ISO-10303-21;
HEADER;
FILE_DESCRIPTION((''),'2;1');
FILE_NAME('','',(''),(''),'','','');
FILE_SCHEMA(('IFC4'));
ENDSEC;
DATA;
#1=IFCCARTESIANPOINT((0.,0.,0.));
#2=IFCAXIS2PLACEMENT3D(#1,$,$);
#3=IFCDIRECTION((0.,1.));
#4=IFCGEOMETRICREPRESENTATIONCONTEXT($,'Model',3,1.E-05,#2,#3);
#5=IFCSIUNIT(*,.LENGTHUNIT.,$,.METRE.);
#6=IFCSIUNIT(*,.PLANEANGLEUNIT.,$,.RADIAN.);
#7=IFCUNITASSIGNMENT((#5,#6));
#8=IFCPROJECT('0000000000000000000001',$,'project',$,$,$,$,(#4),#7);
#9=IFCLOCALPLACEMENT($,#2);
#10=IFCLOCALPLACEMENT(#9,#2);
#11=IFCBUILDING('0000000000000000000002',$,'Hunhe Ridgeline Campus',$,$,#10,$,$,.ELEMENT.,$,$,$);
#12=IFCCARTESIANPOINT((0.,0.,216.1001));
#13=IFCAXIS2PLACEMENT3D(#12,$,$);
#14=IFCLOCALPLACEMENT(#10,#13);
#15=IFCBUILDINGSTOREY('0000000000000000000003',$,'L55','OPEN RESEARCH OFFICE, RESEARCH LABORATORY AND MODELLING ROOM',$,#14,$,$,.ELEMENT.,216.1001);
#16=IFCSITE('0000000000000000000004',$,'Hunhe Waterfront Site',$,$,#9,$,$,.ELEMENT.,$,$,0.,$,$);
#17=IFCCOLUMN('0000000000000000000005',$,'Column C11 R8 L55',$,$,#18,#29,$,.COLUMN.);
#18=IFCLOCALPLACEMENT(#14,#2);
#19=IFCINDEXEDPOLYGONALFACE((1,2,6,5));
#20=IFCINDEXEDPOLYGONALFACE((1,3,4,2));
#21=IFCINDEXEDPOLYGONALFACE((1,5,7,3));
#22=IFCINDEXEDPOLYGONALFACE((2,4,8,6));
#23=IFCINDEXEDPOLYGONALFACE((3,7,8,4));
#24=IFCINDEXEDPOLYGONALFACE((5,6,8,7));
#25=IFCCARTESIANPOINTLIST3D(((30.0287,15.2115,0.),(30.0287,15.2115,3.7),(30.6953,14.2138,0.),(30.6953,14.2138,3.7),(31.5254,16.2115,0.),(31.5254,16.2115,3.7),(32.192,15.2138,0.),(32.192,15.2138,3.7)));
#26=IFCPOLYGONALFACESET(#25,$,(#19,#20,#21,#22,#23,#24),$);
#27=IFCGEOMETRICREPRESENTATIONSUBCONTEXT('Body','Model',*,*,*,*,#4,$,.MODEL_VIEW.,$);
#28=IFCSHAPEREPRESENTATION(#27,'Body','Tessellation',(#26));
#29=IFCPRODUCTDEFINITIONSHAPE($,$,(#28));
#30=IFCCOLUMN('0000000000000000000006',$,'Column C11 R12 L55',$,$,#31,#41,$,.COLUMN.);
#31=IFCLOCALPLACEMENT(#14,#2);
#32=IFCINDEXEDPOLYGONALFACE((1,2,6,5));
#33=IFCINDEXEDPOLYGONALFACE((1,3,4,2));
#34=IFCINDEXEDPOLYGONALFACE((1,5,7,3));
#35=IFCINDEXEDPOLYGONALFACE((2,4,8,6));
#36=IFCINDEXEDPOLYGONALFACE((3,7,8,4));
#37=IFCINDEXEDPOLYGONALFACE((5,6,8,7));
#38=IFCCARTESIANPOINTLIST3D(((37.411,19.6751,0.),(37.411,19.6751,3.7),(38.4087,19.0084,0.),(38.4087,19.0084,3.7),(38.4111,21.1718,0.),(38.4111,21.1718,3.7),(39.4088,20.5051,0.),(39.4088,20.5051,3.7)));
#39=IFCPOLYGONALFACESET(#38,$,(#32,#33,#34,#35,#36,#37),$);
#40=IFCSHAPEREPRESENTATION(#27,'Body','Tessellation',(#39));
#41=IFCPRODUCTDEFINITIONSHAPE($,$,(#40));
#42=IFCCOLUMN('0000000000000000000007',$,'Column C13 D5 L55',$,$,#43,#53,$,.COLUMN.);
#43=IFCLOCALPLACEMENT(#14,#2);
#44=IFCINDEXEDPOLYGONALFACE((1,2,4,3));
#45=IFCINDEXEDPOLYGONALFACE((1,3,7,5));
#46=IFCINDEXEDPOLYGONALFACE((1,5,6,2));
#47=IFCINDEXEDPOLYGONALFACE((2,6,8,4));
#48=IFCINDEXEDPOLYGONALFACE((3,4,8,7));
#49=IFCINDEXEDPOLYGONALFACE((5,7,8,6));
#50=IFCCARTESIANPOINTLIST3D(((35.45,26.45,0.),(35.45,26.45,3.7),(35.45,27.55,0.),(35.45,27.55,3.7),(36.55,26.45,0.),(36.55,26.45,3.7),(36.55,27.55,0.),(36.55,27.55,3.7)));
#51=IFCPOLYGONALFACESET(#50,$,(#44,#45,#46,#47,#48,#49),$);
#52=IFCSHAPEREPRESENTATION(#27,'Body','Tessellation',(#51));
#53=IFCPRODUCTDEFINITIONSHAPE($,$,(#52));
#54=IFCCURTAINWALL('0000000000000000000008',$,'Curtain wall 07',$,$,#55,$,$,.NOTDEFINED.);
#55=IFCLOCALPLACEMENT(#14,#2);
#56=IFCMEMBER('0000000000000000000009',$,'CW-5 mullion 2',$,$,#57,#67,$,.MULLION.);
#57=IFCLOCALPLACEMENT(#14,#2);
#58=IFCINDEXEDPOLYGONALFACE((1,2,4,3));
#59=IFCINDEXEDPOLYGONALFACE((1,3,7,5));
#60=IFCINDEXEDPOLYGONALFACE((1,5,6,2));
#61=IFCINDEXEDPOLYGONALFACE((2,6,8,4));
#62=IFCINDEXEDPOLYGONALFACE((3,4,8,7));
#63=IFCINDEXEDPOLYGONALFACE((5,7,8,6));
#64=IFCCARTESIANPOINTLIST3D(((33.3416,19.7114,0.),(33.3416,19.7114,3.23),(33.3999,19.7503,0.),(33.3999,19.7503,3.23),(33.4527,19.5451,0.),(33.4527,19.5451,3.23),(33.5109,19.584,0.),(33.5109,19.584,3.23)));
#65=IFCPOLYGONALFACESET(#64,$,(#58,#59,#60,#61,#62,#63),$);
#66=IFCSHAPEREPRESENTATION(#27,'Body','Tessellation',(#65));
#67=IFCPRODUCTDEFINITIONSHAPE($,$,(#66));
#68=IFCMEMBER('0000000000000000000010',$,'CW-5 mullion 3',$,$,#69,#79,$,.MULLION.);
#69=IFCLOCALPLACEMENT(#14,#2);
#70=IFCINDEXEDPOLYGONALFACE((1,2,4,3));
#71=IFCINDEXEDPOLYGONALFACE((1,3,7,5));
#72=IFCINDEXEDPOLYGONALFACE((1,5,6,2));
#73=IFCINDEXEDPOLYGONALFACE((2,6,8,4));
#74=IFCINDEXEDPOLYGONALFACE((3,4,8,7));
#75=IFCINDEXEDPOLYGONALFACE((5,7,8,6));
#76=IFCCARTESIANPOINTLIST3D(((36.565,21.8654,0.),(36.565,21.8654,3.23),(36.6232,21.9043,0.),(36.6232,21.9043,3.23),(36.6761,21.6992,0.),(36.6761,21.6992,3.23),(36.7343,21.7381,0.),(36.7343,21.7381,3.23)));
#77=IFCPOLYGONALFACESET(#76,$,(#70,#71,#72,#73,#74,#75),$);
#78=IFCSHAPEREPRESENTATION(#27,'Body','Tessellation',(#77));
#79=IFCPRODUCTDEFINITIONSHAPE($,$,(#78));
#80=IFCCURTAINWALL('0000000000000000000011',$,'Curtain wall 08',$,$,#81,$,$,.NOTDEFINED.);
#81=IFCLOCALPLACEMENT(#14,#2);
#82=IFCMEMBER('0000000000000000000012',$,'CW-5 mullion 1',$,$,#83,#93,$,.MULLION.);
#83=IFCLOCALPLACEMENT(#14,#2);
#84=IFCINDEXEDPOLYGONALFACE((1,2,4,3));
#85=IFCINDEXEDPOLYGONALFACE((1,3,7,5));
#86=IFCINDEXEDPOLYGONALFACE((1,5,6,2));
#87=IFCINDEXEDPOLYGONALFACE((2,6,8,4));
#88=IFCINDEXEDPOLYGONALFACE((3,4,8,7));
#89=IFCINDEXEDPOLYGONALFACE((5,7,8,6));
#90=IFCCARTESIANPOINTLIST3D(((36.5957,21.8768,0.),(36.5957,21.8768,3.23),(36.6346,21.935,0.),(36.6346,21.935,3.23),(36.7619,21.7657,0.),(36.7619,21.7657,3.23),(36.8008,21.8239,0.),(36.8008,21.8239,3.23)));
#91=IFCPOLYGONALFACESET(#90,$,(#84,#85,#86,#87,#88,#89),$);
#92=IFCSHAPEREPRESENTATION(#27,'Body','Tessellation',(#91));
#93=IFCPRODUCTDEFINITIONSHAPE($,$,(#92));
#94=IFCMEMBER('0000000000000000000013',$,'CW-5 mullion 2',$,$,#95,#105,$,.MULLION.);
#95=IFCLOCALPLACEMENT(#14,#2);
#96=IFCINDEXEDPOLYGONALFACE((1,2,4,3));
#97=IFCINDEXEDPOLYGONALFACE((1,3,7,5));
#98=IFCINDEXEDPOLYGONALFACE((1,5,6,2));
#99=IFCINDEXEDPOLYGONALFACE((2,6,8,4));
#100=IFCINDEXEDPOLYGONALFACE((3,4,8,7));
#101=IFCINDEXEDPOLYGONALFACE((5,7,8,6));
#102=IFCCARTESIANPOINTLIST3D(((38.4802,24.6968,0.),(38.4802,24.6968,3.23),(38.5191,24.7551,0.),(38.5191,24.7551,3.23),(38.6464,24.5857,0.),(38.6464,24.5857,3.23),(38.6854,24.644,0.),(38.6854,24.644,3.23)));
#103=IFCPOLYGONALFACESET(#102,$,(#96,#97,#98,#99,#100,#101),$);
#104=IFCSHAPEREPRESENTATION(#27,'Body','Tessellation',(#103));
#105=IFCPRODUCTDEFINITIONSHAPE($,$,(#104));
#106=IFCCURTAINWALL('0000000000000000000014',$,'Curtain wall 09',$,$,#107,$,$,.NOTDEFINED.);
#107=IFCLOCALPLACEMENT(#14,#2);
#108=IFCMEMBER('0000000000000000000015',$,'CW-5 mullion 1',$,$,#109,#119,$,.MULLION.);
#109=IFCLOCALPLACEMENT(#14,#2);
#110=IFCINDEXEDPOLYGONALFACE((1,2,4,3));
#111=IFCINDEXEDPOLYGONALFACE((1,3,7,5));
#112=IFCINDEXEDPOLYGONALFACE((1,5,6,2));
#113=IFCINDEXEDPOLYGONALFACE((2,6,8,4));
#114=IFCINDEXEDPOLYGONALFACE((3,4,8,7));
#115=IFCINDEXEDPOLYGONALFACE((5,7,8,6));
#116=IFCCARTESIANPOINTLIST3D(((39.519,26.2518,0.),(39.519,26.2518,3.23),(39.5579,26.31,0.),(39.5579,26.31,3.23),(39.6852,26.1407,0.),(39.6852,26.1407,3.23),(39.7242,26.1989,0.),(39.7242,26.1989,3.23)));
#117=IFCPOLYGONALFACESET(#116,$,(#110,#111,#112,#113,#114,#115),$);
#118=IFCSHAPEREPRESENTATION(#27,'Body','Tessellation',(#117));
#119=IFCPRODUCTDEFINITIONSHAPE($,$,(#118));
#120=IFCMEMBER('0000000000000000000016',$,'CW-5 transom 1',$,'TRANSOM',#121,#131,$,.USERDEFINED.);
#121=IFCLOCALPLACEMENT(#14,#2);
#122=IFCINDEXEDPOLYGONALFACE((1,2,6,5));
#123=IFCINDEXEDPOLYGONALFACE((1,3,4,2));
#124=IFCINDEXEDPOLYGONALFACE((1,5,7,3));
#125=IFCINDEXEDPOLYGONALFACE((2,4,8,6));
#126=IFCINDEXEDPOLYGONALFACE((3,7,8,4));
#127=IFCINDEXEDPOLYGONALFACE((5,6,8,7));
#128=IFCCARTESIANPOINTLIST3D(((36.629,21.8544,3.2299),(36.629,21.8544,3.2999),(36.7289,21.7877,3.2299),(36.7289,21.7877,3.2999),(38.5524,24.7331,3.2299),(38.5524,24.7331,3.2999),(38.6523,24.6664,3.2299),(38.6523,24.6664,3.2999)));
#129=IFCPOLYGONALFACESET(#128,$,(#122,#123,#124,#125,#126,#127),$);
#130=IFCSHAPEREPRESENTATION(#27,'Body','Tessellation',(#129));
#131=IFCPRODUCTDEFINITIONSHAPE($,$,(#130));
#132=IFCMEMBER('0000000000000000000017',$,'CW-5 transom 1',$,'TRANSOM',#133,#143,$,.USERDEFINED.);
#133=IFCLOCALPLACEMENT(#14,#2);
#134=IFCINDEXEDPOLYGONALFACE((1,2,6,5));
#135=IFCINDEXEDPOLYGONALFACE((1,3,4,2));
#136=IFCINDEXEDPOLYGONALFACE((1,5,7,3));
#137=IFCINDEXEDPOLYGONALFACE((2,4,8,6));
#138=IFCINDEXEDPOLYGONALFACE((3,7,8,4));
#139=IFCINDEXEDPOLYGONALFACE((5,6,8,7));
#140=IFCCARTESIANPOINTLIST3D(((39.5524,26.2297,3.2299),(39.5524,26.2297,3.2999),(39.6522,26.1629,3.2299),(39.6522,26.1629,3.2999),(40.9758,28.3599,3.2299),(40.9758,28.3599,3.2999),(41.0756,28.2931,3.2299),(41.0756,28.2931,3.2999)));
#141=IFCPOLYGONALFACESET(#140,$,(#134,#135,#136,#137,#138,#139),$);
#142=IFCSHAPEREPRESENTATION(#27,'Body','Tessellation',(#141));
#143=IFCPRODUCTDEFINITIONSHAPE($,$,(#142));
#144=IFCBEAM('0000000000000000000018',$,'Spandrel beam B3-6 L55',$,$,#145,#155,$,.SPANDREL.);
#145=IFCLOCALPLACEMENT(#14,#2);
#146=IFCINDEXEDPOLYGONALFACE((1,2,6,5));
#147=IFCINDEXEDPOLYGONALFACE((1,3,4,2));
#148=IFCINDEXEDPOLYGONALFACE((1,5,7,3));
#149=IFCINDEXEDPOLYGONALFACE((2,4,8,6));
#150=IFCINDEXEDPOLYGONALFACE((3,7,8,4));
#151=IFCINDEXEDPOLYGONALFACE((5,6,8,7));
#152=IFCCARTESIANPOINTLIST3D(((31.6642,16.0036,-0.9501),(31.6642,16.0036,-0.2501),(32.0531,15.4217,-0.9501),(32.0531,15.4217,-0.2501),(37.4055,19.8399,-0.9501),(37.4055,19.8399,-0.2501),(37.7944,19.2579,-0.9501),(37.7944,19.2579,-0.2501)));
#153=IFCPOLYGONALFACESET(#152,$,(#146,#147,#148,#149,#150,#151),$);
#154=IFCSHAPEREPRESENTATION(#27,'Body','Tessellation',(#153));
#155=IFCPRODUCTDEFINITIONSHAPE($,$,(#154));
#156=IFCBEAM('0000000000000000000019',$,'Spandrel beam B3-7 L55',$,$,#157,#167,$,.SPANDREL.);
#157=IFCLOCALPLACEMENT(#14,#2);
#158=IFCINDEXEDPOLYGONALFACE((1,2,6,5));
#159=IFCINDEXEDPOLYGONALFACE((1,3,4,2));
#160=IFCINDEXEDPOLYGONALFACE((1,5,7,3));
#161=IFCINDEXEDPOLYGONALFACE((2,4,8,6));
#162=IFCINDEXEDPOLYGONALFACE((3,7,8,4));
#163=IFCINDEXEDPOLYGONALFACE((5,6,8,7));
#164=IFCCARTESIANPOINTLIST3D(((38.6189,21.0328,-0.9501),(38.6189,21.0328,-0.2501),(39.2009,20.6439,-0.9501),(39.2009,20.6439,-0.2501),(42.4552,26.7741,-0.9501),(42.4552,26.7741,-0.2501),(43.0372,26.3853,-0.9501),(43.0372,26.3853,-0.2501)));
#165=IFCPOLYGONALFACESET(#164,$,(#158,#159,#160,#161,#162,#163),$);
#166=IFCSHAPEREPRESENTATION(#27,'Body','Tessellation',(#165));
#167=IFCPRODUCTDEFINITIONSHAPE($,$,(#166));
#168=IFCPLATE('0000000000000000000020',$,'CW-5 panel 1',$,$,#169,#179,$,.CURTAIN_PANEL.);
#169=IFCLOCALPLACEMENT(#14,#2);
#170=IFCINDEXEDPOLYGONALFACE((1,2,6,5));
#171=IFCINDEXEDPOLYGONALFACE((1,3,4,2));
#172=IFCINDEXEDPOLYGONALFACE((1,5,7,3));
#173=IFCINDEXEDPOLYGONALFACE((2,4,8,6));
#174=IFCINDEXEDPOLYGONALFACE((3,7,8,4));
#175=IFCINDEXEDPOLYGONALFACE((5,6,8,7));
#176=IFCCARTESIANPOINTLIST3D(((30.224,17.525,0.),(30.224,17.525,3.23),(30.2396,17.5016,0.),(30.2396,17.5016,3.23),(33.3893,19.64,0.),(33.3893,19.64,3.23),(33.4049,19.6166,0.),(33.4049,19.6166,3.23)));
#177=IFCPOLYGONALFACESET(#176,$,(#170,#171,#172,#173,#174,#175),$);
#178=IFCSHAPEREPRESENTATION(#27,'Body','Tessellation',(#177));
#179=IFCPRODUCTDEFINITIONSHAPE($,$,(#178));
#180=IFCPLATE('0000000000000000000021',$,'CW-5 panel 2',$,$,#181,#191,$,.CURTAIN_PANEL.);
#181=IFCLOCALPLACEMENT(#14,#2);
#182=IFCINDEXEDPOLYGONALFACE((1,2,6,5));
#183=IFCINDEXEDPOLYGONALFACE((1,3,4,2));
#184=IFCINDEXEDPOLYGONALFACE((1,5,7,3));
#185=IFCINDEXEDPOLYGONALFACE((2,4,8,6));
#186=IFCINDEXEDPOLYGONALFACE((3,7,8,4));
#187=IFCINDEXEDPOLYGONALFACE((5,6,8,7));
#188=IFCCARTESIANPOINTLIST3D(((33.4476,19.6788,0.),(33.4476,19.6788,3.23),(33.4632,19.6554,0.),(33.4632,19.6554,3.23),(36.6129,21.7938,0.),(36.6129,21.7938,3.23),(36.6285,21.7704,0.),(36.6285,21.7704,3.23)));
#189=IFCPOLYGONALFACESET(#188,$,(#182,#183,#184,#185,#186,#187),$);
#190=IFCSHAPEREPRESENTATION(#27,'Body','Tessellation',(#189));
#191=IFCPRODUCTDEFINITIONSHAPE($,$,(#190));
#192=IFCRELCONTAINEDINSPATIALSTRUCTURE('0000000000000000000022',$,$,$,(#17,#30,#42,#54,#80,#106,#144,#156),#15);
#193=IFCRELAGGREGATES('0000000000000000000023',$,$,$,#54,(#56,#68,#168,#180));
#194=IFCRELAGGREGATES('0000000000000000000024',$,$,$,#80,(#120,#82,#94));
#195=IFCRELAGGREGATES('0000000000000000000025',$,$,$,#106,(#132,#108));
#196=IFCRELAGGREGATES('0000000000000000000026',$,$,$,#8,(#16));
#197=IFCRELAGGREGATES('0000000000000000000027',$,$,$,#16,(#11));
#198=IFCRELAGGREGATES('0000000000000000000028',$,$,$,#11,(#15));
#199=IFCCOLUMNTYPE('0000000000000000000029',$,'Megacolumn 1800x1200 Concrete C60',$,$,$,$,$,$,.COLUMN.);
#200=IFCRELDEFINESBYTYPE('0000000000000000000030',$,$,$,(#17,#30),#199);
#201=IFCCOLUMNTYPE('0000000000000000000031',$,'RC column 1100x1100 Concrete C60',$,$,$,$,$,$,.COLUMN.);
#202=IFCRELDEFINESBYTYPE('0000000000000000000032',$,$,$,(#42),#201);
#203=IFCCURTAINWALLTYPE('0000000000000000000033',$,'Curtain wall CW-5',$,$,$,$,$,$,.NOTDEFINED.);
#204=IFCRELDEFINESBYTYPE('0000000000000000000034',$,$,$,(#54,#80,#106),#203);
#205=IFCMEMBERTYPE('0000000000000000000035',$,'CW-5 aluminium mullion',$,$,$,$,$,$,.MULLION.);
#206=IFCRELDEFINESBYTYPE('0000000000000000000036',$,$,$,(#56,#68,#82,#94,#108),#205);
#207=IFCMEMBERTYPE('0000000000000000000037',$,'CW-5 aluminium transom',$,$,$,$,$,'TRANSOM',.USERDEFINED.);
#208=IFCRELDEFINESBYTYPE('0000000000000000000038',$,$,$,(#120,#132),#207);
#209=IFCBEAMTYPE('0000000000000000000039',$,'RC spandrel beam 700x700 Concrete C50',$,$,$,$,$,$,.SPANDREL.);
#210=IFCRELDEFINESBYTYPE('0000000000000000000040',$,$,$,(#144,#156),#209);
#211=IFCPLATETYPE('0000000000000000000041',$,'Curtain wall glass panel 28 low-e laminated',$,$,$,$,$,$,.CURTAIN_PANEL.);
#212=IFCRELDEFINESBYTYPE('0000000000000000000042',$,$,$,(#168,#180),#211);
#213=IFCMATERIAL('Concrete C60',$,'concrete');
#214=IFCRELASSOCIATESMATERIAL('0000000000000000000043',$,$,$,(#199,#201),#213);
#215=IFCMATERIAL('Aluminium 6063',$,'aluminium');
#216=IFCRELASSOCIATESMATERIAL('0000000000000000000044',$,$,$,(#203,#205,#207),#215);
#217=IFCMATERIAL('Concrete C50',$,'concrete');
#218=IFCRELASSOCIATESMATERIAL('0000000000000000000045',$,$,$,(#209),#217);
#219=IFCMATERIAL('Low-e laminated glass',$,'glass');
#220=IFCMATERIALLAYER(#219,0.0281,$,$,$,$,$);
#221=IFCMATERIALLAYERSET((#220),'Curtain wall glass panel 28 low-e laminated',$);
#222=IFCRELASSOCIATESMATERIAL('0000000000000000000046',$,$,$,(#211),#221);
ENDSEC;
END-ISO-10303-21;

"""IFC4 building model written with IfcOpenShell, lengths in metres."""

from ifc_helpers import new_model, si_unit, direction, frame, origin, origin_2d, place, context, subcontext, project, spatial, rectangle, extrude, material, layer, layer_set, material_profile, profile_set, type_object, element, aggregate, save


model = new_model("IFC4")

# Units and contexts
model_context = context("Model", 3, precision=1e-05, world=origin(), true_north=direction((0.0, 1.0)))
body_context = subcontext(model_context, "Body", "Model", "MODEL_VIEW")
ifc_project = project(units=[si_unit("LENGTHUNIT", "METRE"), si_unit("PLANEANGLEUNIT", "RADIAN")], contexts=[model_context])

# Site, building, storey
site_placement = place(None, origin())
site = spatial("IfcSite", under=ifc_project, at=site_placement, Name="Hunhe Waterfront Site", CompositionType="ELEMENT", RefElevation=0.0)
building_placement = place(site_placement, origin())
building = spatial("IfcBuilding", under=site, at=building_placement, Name="Hunhe Ridgeline Campus", CompositionType="ELEMENT")
storey_placement = place(building_placement, frame((0.0, 0.0, 216.1001)))
storey = spatial("IfcBuildingStorey", under=building, at=storey_placement, Name="L55", Description="OPEN RESEARCH OFFICE, RESEARCH LABORATORY AND MODELLING ROOM", CompositionType="ELEMENT", Elevation=216.1001)

# Columns
ifc_material_1 = material(Name="Concrete C60", Category="concrete")
ifc_material_profile_1 = material_profile(ifc_material_1, rectangle(XDim=1.8, YDim=1.2, at=origin_2d()))
ifc_profile_set_1 = profile_set([ifc_material_profile_1], Name="Concrete C60")
column_type_1 = type_object("IfcColumnType", Name="Megacolumn 1800x1200 Concrete C60", PredefinedType="COLUMN", material=ifc_profile_set_1)
for number, where, z_axis, x_axis, name in (
    (1, (31.1104, 15.2126, 0.0), (0.0, 0.0, 1.0), (0.83147, 0.55557, 0.0), "Column C11 R8 L55"),
    (2, (38.4099, 20.0901, 0.0), (0.0, 0.0, 1.0), (0.55557, 0.83147, 0.0), "Column C11 R12 L55"),
):
    element("IfcColumn", number, at=place(storey_placement, frame(where, z_axis=z_axis, x_axis=x_axis)), inside=storey, type_object=column_type_1, Name=name, PredefinedType="COLUMN", context=body_context, shape_type="SweptSolid", body=[
        extrude(rectangle(XDim=1.8, YDim=1.2, at=origin_2d()), origin(), (0.0, 0.0, 1.0), 3.7),
    ])
ifc_material_profile_2 = material_profile(ifc_material_1, rectangle(XDim=1.1001, YDim=1.1001, at=origin_2d()))
ifc_profile_set_2 = profile_set([ifc_material_profile_2], Name="Concrete C60")
column_type_2 = type_object("IfcColumnType", Name="RC column 1100x1100 Concrete C60", PredefinedType="COLUMN", material=ifc_profile_set_2)
column_placement = place(storey_placement, frame((36.0, 27.0, 0.0), z_axis=(0.0, 0.0, 1.0), x_axis=(1.0, 0.0, 0.0)))
element("IfcColumn", 3, at=column_placement, inside=storey, type_object=column_type_2, Name="Column C13 D5 L55", PredefinedType="COLUMN", context=body_context, shape_type="SweptSolid", body=[
    extrude(rectangle(XDim=1.1001, YDim=1.1001, at=origin_2d()), origin(), (0.0, 0.0, 1.0), 3.7),
])

# Curtain walls, members
ifc_material_2 = material(Name="Aluminium 6063", Category="aluminium")
curtain_wall_type = type_object("IfcCurtainWallType", Name="Curtain wall CW-5", PredefinedType="NOTDEFINED", material=ifc_material_2)
curtain_wall_1_placement = place(storey_placement, origin())
curtain_wall_1 = element("IfcCurtainWall", 4, at=curtain_wall_1_placement, inside=storey, type_object=curtain_wall_type, Name="Curtain wall 07", PredefinedType="NOTDEFINED")
ifc_material_profile_3 = material_profile(ifc_material_2, rectangle(XDim=0.2, YDim=0.0701, at=origin_2d()))
ifc_profile_set_3 = profile_set([ifc_material_profile_3], Name="Aluminium 6063")
member_type_1 = type_object("IfcMemberType", Name="CW-5 aluminium mullion", PredefinedType="MULLION", material=ifc_profile_set_3)
member_1_placement = place(storey_placement, frame((33.4263, 19.6477, 0.0), z_axis=(0.0, 0.0, 1.0), x_axis=(-0.55557, 0.83147, 0.0)))
member_1 = element("IfcMember", 5, at=member_1_placement, type_object=member_type_1, Name="CW-5 mullion 2", PredefinedType="MULLION", context=body_context, shape_type="SweptSolid", body=[
    extrude(rectangle(XDim=0.2, YDim=0.0701, at=origin_2d()), origin(), (0.0, 0.0, 1.0), 3.23),
])
member_2_placement = place(storey_placement, frame((36.6497, 21.8018, 0.0), z_axis=(0.0, 0.0, 1.0), x_axis=(-0.55557, 0.83147, 0.0)))
member_2 = element("IfcMember", 6, at=member_2_placement, type_object=member_type_1, Name="CW-5 mullion 3", PredefinedType="MULLION", context=body_context, shape_type="SweptSolid", body=[
    extrude(rectangle(XDim=0.2, YDim=0.0701, at=origin_2d()), origin(), (0.0, 0.0, 1.0), 3.23),
])
curtain_wall_2_placement = place(storey_placement, origin())
curtain_wall_2 = element("IfcCurtainWall", 7, at=curtain_wall_2_placement, inside=storey, type_object=curtain_wall_type, Name="Curtain wall 08", PredefinedType="NOTDEFINED")
member_3_placement = place(storey_placement, frame((36.6982, 21.8503, 0.0), z_axis=(0.0, 0.0, 1.0), x_axis=(-0.83147, 0.55557, 0.0)))
member_3 = element("IfcMember", 8, at=member_3_placement, type_object=member_type_1, Name="CW-5 mullion 1", PredefinedType="MULLION", context=body_context, shape_type="SweptSolid", body=[
    extrude(rectangle(XDim=0.2, YDim=0.0701, at=origin_2d()), origin(), (0.0, 0.0, 1.0), 3.23),
])
member_4_placement = place(storey_placement, frame((38.5828, 24.6704, 0.0), z_axis=(0.0, 0.0, 1.0), x_axis=(-0.83147, 0.55557, 0.0)))
member_4 = element("IfcMember", 9, at=member_4_placement, type_object=member_type_1, Name="CW-5 mullion 2", PredefinedType="MULLION", context=body_context, shape_type="SweptSolid", body=[
    extrude(rectangle(XDim=0.2, YDim=0.0701, at=origin_2d()), origin(), (0.0, 0.0, 1.0), 3.23),
])

# Curtain wall, member
curtain_wall_3_placement = place(storey_placement, origin())
curtain_wall_3 = element("IfcCurtainWall", 10, at=curtain_wall_3_placement, inside=storey, type_object=curtain_wall_type, Name="Curtain wall 09", PredefinedType="NOTDEFINED")
member_5_placement = place(storey_placement, frame((39.6216, 26.2253, 0.0), z_axis=(0.0, 0.0, 1.0), x_axis=(-0.83147, 0.55557, 0.0)))
member_5 = element("IfcMember", 11, at=member_5_placement, type_object=member_type_1, Name="CW-5 mullion 1", PredefinedType="MULLION", context=body_context, shape_type="SweptSolid", body=[
    extrude(rectangle(XDim=0.2, YDim=0.0701, at=origin_2d()), origin(), (0.0, 0.0, 1.0), 3.23),
])

# Members
ifc_material_profile_4 = material_profile(ifc_material_2, rectangle(XDim=0.1201, YDim=0.0701, at=origin_2d()))
ifc_profile_set_4 = profile_set([ifc_material_profile_4], Name="Aluminium 6063")
member_type_2 = type_object("IfcMemberType", Name="CW-5 aluminium transom", ElementType="TRANSOM", PredefinedType="USERDEFINED", material=ifc_profile_set_4)
member_6_placement = place(storey_placement, frame((36.679, 21.821, 3.2649), z_axis=(0.555546, 0.831486, 0.0), x_axis=(-0.831486, 0.555546, 0.0)))
member_6 = element("IfcMember", 12, at=member_6_placement, type_object=member_type_2, Name="CW-5 transom 1", ObjectType="TRANSOM", PredefinedType="USERDEFINED", context=body_context, shape_type="SweptSolid", body=[
    extrude(rectangle(XDim=0.1201, YDim=0.0701, at=origin_2d()), origin(), (0.0, 0.0, 1.0), 3.4622),
])
member_7_placement = place(storey_placement, frame((39.6023, 26.1963, 3.2649), z_axis=(0.55558, 0.831463, 0.0), x_axis=(-0.831463, 0.55558, 0.0)))
member_7 = element("IfcMember", 13, at=member_7_placement, type_object=member_type_2, Name="CW-5 transom 1", ObjectType="TRANSOM", PredefinedType="USERDEFINED", context=body_context, shape_type="SweptSolid", body=[
    extrude(rectangle(XDim=0.1201, YDim=0.0701, at=origin_2d()), origin(), (0.0, 0.0, 1.0), 2.562),
])

# Beams
ifc_material_3 = material(Name="Concrete C50", Category="concrete")
ifc_material_profile_5 = material_profile(ifc_material_3, rectangle(XDim=0.7, YDim=0.7, at=origin_2d()))
ifc_profile_set_5 = profile_set([ifc_material_profile_5], Name="Concrete C50")
beam_type = type_object("IfcBeamType", Name="RC spandrel beam 700x700 Concrete C50", PredefinedType="SPANDREL", material=ifc_profile_set_5)
for number, where, z_axis, x_axis, name in (
    (14, (31.8586, 15.7126, -0.6001), (0.831468, 0.555573, 0.0), (-0.555573, 0.831468, 0.0), "Spandrel beam B3-6 L55"),
    (15, (38.9099, 20.8384, -0.6001), (0.555573, 0.831468, 0.0), (-0.831468, 0.555573, 0.0), "Spandrel beam B3-7 L55"),
):
    element("IfcBeam", number, at=place(storey_placement, frame(where, z_axis=z_axis, x_axis=x_axis)), inside=storey, type_object=beam_type, Name=name, PredefinedType="SPANDREL", context=body_context, shape_type="SweptSolid", body=[
        extrude(rectangle(XDim=0.7, YDim=0.7, at=origin_2d()), origin(), (0.0, 0.0, 1.0), 6.905),
    ])

# Plates
ifc_material_4 = material(Name="Low-e laminated glass", Category="glass")
ifc_layer_1 = layer(ifc_material_4, 0.0281)
ifc_layer_set_1 = layer_set([ifc_layer_1], Name="Curtain wall glass panel 28 low-e laminated")
plate_type = type_object("IfcPlateType", Name="Curtain wall glass panel 28 low-e laminated", PredefinedType="CURTAIN_PANEL", material=ifc_layer_set_1)
plate_1_placement = place(storey_placement, frame((31.8145, 18.5708, 0.0), z_axis=(0.0, 0.0, 1.0), x_axis=(0.83147, 0.55557, 0.0)))
plate_1 = element("IfcPlate", 16, at=plate_1_placement, type_object=plate_type, Name="CW-5 panel 1", PredefinedType="CURTAIN_PANEL", context=body_context, shape_type="SweptSolid", body=[
    extrude(rectangle(XDim=3.8069, YDim=0.0281, at=origin_2d()), origin(), (0.0, 0.0, 1.0), 3.23),
])
plate_2_placement = place(storey_placement, frame((35.0381, 20.7246, 0.0), z_axis=(0.0, 0.0, 1.0), x_axis=(0.83147, 0.55557, 0.0)))
plate_2 = element("IfcPlate", 17, at=plate_2_placement, type_object=plate_type, Name="CW-5 panel 2", PredefinedType="CURTAIN_PANEL", context=body_context, shape_type="SweptSolid", body=[
    extrude(rectangle(XDim=3.8069, YDim=0.0281, at=origin_2d()), origin(), (0.0, 0.0, 1.0), 3.23),
])
aggregate(curtain_wall_1, [member_1, member_2, plate_1, plate_2])
aggregate(curtain_wall_2, [member_6, member_3, member_4])
aggregate(curtain_wall_3, [member_7, member_5])

save(model, "model.ifc")
